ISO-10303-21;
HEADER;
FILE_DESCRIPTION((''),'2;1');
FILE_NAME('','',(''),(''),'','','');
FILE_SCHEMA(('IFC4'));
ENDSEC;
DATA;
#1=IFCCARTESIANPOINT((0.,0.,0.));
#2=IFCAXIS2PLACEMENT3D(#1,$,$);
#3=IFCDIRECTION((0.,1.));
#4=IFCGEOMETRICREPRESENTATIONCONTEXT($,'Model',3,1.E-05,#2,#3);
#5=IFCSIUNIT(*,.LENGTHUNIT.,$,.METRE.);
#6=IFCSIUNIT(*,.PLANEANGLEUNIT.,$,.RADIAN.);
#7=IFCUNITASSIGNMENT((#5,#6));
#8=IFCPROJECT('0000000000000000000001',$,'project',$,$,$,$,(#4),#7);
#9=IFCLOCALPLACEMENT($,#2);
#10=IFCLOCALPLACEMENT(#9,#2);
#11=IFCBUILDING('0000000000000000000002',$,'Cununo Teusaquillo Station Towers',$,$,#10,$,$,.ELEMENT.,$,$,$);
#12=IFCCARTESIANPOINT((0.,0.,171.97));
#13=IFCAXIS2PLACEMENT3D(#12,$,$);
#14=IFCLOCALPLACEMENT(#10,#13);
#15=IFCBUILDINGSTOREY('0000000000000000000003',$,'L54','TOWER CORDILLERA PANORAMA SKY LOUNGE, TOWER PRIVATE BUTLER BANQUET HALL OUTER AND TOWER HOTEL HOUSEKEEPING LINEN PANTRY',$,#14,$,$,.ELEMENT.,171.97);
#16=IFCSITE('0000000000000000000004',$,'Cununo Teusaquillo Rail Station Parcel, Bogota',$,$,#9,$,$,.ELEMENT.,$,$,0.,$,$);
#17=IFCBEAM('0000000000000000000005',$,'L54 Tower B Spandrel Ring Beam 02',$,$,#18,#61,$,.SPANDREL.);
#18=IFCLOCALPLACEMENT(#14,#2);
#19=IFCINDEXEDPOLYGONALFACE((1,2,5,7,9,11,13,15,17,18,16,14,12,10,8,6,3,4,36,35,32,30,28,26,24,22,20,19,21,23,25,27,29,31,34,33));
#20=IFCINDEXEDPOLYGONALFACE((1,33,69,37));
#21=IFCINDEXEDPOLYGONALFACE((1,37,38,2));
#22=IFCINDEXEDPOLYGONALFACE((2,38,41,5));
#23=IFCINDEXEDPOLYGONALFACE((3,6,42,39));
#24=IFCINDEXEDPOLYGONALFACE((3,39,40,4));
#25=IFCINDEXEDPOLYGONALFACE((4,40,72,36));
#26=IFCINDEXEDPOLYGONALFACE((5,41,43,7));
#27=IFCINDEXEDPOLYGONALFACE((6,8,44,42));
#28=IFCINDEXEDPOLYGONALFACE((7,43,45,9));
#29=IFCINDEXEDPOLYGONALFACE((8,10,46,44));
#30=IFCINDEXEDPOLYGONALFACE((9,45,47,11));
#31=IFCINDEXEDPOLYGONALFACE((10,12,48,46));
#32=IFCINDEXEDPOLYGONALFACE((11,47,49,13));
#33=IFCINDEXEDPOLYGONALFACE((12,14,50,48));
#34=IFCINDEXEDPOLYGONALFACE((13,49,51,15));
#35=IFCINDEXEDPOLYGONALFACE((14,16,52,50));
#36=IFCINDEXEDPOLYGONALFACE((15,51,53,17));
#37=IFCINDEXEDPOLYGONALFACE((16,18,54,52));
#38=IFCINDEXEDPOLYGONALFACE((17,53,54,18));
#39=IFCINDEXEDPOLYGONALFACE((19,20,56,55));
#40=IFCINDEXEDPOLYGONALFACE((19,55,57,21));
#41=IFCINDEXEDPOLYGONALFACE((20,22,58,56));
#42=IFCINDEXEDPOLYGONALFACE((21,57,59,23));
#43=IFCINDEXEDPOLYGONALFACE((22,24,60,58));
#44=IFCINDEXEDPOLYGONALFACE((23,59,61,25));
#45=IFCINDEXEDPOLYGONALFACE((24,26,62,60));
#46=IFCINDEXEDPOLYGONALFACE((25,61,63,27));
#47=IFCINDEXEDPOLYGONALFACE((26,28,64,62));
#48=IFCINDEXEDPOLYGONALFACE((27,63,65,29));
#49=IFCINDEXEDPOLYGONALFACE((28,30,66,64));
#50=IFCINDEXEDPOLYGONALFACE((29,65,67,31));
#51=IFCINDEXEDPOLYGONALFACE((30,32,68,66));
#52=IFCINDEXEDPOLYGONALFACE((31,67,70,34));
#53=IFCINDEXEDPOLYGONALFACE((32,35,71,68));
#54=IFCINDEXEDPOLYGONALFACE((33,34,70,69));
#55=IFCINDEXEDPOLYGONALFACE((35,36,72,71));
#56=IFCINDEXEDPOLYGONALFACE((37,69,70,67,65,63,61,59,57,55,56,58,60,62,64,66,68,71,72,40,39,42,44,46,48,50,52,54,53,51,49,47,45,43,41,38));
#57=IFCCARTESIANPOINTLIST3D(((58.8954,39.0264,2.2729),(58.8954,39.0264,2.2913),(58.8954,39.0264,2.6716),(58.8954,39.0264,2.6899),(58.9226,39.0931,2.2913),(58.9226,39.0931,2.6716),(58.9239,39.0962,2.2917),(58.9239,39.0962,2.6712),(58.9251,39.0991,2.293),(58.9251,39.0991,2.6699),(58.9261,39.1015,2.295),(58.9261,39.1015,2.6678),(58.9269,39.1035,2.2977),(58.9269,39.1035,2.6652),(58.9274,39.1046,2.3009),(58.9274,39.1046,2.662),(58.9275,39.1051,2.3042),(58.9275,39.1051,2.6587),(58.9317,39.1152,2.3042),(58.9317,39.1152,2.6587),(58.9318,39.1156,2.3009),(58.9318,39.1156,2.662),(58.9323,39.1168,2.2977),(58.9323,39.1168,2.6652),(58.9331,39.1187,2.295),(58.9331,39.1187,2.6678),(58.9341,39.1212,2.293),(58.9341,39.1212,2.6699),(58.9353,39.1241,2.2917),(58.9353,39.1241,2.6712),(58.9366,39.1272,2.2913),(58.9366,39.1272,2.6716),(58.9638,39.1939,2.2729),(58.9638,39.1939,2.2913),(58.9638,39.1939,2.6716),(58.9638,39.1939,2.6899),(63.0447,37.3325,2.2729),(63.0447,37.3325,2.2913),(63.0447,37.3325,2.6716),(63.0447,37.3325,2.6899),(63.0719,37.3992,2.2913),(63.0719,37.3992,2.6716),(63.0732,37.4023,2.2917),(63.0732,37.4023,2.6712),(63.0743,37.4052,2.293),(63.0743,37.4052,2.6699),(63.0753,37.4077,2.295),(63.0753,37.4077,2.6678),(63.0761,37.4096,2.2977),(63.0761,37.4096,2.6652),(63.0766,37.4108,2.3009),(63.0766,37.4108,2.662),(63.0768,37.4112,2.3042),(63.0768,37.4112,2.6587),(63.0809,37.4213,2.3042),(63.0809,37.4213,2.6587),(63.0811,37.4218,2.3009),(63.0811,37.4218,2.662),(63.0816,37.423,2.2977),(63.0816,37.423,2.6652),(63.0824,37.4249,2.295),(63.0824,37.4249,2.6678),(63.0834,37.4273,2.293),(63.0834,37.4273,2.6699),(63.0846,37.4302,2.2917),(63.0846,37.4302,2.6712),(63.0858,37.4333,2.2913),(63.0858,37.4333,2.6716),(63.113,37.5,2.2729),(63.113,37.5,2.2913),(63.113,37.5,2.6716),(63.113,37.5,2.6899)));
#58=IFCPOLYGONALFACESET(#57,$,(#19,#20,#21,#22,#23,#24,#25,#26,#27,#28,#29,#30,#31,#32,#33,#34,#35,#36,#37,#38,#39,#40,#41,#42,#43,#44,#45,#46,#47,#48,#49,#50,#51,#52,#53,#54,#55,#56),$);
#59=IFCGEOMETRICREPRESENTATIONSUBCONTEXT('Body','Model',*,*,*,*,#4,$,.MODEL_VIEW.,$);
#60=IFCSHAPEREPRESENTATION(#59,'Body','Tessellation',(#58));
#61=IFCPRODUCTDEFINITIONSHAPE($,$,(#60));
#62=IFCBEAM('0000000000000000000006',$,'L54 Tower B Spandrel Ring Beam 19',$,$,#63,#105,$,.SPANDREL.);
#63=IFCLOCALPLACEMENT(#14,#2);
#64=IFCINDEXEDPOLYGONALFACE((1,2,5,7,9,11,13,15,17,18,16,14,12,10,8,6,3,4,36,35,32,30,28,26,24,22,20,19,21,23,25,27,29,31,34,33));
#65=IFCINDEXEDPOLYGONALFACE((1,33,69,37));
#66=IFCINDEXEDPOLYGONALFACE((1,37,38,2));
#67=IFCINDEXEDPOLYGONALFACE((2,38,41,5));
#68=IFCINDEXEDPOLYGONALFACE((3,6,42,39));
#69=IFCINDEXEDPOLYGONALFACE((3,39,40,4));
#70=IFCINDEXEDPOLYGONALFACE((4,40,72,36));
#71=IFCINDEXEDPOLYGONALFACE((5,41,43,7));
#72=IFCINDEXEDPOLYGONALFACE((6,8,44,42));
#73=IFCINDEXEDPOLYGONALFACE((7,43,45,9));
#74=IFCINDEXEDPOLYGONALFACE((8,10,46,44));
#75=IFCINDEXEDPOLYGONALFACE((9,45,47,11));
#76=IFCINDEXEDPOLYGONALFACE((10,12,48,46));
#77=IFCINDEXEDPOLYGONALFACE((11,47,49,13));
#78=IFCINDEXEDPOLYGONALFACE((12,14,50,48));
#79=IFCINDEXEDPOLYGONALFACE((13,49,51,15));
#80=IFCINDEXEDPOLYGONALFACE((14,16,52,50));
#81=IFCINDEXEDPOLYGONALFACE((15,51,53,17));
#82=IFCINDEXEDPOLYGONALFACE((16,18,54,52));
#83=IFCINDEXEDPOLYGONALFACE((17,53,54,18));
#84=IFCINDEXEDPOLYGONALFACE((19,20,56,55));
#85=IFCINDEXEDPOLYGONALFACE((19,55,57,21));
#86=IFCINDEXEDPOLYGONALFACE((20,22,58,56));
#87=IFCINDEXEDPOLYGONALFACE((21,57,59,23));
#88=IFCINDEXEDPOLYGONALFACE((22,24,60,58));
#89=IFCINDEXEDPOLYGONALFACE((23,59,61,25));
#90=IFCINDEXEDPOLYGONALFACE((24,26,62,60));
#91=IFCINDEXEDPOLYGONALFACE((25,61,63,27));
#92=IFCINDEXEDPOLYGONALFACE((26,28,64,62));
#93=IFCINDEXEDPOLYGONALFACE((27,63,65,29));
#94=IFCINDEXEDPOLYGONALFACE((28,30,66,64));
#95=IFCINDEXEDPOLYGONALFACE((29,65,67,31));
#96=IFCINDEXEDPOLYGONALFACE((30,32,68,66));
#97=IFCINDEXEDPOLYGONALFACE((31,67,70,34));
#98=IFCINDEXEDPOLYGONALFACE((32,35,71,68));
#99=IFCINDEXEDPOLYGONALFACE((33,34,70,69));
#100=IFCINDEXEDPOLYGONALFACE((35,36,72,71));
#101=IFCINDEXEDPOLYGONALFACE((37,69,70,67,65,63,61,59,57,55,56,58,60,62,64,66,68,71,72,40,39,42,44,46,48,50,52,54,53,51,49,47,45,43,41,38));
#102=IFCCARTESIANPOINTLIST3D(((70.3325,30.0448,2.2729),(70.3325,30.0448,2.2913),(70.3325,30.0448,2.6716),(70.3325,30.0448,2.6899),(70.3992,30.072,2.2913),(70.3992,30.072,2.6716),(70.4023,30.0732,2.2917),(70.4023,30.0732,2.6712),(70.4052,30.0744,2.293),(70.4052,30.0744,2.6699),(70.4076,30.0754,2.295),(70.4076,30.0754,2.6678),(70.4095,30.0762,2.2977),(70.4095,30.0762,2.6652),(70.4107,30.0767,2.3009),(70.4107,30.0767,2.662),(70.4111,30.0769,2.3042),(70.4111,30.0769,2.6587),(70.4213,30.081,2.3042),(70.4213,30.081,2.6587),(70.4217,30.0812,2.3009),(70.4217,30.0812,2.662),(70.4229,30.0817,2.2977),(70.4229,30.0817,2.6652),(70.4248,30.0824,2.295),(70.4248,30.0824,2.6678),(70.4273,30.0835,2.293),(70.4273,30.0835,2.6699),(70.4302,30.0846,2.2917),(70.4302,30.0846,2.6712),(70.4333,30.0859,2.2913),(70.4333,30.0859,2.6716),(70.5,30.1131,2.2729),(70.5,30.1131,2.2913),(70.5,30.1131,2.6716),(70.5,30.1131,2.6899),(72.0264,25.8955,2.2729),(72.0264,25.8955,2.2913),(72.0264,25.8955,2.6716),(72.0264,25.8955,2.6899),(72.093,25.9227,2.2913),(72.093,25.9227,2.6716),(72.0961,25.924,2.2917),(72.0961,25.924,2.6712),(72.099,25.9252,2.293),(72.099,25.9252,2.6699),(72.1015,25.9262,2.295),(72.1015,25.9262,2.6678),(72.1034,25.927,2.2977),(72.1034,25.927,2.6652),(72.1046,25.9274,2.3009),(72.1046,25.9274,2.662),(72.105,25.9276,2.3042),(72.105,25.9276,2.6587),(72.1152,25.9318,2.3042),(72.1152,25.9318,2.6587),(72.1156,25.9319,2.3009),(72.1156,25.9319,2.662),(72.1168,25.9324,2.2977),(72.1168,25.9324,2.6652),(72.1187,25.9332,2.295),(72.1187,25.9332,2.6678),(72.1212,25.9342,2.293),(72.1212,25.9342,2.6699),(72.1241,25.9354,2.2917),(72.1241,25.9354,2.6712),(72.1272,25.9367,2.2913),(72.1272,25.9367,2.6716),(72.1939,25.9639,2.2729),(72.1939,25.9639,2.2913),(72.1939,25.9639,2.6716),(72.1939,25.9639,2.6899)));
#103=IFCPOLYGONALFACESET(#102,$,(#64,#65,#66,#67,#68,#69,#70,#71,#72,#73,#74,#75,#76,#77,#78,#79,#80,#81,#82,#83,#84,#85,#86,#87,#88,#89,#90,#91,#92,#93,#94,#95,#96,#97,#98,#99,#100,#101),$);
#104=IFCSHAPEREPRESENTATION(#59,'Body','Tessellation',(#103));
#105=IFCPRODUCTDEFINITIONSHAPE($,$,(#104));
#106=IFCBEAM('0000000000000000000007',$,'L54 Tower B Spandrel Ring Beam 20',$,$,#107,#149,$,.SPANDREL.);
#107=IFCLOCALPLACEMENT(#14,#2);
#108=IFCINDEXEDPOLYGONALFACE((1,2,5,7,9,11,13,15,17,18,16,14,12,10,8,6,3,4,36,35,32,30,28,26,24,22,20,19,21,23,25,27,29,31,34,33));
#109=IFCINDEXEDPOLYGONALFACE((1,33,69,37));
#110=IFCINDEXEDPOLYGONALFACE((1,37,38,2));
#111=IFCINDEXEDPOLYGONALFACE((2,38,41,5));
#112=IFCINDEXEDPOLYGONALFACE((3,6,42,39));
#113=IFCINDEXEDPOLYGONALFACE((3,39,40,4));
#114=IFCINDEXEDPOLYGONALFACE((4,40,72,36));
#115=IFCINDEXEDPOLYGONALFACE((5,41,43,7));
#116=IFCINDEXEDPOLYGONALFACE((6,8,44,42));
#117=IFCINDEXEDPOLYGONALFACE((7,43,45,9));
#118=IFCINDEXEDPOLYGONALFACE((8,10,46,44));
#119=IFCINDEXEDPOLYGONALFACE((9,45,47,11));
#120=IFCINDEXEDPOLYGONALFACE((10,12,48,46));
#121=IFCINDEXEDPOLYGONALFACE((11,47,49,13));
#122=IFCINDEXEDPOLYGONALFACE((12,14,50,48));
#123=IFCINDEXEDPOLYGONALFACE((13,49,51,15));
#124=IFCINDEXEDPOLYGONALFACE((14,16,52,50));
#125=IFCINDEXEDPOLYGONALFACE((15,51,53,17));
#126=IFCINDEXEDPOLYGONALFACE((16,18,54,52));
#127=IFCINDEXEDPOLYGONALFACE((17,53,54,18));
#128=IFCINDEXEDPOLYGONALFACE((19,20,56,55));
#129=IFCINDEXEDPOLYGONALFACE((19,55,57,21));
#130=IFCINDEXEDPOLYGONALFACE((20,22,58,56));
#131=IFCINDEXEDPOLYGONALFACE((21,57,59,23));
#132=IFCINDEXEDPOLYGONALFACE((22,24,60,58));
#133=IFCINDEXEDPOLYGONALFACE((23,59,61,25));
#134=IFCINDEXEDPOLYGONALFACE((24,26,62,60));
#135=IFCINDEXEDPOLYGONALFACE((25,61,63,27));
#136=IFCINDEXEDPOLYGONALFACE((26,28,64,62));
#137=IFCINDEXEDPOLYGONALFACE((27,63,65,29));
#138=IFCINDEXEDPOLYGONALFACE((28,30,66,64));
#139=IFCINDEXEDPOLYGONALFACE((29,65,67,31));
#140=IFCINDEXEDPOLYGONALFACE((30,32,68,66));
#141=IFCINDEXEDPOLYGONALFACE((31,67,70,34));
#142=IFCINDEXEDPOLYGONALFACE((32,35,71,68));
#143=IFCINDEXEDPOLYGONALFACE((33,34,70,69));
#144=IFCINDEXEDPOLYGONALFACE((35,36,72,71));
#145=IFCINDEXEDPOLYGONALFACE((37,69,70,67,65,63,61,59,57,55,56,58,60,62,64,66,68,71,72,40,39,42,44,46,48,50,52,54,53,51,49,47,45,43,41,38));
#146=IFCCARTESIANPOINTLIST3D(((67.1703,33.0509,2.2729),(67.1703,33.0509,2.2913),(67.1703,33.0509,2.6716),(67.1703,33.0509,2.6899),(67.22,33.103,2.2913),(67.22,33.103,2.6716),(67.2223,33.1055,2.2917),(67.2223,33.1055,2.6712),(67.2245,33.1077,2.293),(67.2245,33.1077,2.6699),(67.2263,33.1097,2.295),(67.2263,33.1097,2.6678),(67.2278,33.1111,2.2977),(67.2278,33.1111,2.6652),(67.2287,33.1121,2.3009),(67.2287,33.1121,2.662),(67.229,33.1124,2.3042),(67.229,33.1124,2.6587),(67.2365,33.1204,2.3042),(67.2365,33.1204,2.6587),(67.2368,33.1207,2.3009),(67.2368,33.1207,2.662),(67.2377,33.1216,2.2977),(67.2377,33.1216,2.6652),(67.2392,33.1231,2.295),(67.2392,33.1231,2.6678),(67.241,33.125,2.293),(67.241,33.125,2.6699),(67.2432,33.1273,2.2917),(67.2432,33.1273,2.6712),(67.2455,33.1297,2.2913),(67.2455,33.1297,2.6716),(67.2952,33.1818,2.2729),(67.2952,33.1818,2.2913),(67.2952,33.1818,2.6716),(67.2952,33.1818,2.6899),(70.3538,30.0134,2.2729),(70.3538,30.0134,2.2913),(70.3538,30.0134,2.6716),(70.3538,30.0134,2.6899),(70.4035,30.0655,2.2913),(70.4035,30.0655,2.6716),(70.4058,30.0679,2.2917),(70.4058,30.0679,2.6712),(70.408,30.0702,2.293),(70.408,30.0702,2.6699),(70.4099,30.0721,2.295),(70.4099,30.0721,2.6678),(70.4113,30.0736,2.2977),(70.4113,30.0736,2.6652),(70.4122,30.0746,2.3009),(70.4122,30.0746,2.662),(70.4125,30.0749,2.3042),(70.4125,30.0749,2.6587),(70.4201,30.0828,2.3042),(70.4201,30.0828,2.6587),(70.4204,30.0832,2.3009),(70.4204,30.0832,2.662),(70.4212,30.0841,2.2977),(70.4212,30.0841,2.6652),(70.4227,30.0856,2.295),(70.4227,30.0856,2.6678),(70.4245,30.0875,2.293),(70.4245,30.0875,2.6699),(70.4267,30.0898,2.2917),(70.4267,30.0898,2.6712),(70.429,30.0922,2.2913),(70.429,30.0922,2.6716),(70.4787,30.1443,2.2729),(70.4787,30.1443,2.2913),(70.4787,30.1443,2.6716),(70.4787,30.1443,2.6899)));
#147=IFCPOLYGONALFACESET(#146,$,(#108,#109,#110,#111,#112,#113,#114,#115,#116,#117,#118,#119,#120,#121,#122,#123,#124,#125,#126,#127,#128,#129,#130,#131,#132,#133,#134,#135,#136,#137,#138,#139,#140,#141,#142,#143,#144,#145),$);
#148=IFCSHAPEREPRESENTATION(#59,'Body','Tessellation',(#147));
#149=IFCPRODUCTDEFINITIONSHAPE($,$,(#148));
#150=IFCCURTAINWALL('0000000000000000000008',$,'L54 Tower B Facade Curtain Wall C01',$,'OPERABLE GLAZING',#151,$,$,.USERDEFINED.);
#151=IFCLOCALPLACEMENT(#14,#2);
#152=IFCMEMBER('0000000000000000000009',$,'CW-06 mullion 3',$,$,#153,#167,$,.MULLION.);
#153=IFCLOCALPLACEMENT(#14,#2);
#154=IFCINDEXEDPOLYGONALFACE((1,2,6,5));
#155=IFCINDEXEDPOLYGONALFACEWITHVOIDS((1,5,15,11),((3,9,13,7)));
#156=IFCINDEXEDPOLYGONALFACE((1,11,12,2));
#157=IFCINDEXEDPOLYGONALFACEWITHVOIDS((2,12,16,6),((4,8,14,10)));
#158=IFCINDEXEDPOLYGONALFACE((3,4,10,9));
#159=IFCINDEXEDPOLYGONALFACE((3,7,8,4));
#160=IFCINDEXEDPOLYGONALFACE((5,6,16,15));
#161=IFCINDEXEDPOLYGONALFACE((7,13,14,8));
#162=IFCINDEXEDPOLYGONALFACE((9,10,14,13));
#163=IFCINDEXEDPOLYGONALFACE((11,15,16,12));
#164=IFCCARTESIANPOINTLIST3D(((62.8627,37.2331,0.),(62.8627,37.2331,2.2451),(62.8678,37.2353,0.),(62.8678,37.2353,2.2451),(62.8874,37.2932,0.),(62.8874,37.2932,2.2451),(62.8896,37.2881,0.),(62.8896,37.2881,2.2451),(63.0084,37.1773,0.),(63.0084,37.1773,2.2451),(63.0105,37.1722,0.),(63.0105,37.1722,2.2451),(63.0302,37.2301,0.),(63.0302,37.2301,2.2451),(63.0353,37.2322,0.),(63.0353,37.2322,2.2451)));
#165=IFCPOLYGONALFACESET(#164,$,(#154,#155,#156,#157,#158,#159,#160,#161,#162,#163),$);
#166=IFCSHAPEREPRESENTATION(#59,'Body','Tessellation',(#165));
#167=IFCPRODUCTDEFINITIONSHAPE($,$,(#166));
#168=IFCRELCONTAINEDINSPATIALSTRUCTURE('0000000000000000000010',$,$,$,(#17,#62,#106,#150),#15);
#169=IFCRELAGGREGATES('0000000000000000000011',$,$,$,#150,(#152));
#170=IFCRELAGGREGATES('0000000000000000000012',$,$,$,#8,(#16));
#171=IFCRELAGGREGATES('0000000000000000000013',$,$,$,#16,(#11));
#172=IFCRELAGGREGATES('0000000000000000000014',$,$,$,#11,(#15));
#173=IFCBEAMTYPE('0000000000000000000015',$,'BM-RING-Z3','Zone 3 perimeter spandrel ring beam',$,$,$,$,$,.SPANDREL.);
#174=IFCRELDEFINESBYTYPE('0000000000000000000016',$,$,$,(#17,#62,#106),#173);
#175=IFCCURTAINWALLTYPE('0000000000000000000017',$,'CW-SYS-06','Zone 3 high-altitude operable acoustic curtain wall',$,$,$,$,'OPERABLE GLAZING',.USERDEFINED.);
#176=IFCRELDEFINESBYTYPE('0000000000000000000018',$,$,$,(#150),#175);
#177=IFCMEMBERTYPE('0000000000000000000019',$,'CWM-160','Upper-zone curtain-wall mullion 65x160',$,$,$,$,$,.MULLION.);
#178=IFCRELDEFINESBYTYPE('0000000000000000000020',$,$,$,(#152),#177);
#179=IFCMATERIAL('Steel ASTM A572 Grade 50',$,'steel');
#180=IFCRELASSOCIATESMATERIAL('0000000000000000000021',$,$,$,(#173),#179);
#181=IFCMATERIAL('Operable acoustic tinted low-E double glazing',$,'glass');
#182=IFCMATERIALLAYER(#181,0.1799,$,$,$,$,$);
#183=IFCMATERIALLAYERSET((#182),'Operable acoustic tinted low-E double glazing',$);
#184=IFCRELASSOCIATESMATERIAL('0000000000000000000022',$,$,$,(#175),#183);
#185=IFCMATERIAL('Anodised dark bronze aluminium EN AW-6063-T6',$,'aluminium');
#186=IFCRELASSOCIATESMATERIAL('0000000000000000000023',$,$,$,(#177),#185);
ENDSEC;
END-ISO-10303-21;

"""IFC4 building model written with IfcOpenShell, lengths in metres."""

from ifc_helpers import new_model, si_unit, direction, frame, origin, origin_2d, place, context, subcontext, project, spatial, hollow_rectangle, i_section, extrude, material, layer, layer_set, material_profile, profile_set, type_object, element, aggregate, save


model = new_model("IFC4")

# Units and contexts
model_context = context("Model", 3, precision=1e-05, world=origin(), true_north=direction((0.0, 1.0)))
body_context = subcontext(model_context, "Body", "Model", "MODEL_VIEW")
ifc_project = project(units=[si_unit("LENGTHUNIT", "METRE"), si_unit("PLANEANGLEUNIT", "RADIAN")], contexts=[model_context])

# Site, building, storey
site_placement = place(None, origin())
site = spatial("IfcSite", under=ifc_project, at=site_placement, Name="Cununo Teusaquillo Rail Station Parcel, Bogota", CompositionType="ELEMENT", RefElevation=0.0)
building_placement = place(site_placement, origin())
building = spatial("IfcBuilding", under=site, at=building_placement, Name="Cununo Teusaquillo Station Towers", CompositionType="ELEMENT")
storey_placement = place(building_placement, frame((0.0, 0.0, 171.97)))
storey = spatial("IfcBuildingStorey", under=building, at=storey_placement, Name="L54", Description="TOWER CORDILLERA PANORAMA SKY LOUNGE, TOWER PRIVATE BUTLER BANQUET HALL OUTER AND TOWER HOTEL HOUSEKEEPING LINEN PANTRY", CompositionType="ELEMENT", Elevation=171.97)

# Beams
ifc_material_1 = material(Name="Steel ASTM A572 Grade 50", Category="steel")
ifc_material_profile_1 = material_profile(ifc_material_1, i_section(OverallWidth=0.1809, OverallDepth=0.417, WebThickness=0.011, FlangeThickness=0.0183, FilletRadius=0.0129, at=origin_2d()), Name="W16X57")
ifc_profile_set_1 = profile_set([ifc_material_profile_1], Name="Steel ASTM A572 Grade 50")
beam_type_1 = type_object("IfcBeamType", Name="BM-RING-Z3", Description="Zone 3 perimeter spandrel ring beam", PredefinedType="SPANDREL", material=ifc_profile_set_1)
for number, where, z_axis, x_axis, name in (
    (1, (63.0789, 37.4163, 2.4814), (-0.925824, 0.377956, 0.0), (-0.377956, -0.925824, 0.0), "L54 Tower B Spandrel Ring Beam 02"),
    (2, (72.1101, 25.9297, 2.4814), (-0.377956, 0.925824, 0.0), (-0.925824, -0.377956, 0.0), "L54 Tower B Spandrel Ring Beam 19"),
):
    element("IfcBeam", number, at=place(storey_placement, frame(where, z_axis=z_axis, x_axis=x_axis)), inside=storey, type_object=beam_type_1, Name=name, PredefinedType="SPANDREL", context=body_context, shape_type="SweptSolid", body=[
        extrude(i_section(OverallWidth=0.1809, OverallDepth=0.417, WebThickness=0.011, FlangeThickness=0.0183, FilletRadius=0.0129, at=origin_2d()), origin(), (0.0, 0.0, 1.0), 4.4817),
    ])
beam_1_placement = place(storey_placement, frame((70.4163, 30.0789, 2.4814), z_axis=(-0.723502, 0.690323, 0.0), x_axis=(-0.690323, -0.723502, 0.0)))
element("IfcBeam", 3, at=beam_1_placement, inside=storey, type_object=beam_type_1, Name="L54 Tower B Spandrel Ring Beam 20", PredefinedType="SPANDREL", context=body_context, shape_type="SweptSolid", body=[
    extrude(i_section(OverallWidth=0.1809, OverallDepth=0.417, WebThickness=0.011, FlangeThickness=0.0183, FilletRadius=0.0129, at=origin_2d()), origin(), (0.0, 0.0, 1.0), 4.4001),
])

# Curtain wall, member
ifc_material_2 = material(Name="Operable acoustic tinted low-E double glazing", Category="glass")
ifc_layer_1 = layer(ifc_material_2, 0.1799)
ifc_layer_set_1 = layer_set([ifc_layer_1], Name="Operable acoustic tinted low-E double glazing")
curtain_wall_type = type_object("IfcCurtainWallType", Name="CW-SYS-06", Description="Zone 3 high-altitude operable acoustic curtain wall", ElementType="OPERABLE GLAZING", PredefinedType="USERDEFINED", material=ifc_layer_set_1)
curtain_wall_placement = place(storey_placement, origin())
curtain_wall = element("IfcCurtainWall", 4, at=curtain_wall_placement, inside=storey, type_object=curtain_wall_type, Name="L54 Tower B Facade Curtain Wall C01", ObjectType="OPERABLE GLAZING", PredefinedType="USERDEFINED")
ifc_material_3 = material(Name="Anodised dark bronze aluminium EN AW-6063-T6", Category="aluminium")
ifc_material_profile_2 = material_profile(ifc_material_3, hollow_rectangle(XDim=0.0649, YDim=0.1599, WallThickness=0.0039, at=origin_2d()), Name="CW-MULL-65x160")
ifc_profile_set_2 = profile_set([ifc_material_profile_2], Name="Anodised dark bronze aluminium EN AW-6063-T6")
member_type_1 = type_object("IfcMemberType", Name="CWM-160", Description="Upper-zone curtain-wall mullion 65x160", PredefinedType="MULLION", material=ifc_profile_set_2)
member_1_placement = place(storey_placement, frame((62.949, 37.2327, 0.0), z_axis=(0.0, 0.0, 1.0), x_axis=(0.381229, 0.924481, 0.0)))
member_1 = element("IfcMember", 5, at=member_1_placement, type_object=member_type_1, Name="CW-06 mullion 3", PredefinedType="MULLION", context=body_context, shape_type="SweptSolid", body=[
    extrude(hollow_rectangle(XDim=0.0649, YDim=0.1599, WallThickness=0.0039, at=origin_2d()), origin(), (0.0, 0.0, 1.0), 2.2451),
])
aggregate(curtain_wall, [member_1])

save(model, "model.ifc")
